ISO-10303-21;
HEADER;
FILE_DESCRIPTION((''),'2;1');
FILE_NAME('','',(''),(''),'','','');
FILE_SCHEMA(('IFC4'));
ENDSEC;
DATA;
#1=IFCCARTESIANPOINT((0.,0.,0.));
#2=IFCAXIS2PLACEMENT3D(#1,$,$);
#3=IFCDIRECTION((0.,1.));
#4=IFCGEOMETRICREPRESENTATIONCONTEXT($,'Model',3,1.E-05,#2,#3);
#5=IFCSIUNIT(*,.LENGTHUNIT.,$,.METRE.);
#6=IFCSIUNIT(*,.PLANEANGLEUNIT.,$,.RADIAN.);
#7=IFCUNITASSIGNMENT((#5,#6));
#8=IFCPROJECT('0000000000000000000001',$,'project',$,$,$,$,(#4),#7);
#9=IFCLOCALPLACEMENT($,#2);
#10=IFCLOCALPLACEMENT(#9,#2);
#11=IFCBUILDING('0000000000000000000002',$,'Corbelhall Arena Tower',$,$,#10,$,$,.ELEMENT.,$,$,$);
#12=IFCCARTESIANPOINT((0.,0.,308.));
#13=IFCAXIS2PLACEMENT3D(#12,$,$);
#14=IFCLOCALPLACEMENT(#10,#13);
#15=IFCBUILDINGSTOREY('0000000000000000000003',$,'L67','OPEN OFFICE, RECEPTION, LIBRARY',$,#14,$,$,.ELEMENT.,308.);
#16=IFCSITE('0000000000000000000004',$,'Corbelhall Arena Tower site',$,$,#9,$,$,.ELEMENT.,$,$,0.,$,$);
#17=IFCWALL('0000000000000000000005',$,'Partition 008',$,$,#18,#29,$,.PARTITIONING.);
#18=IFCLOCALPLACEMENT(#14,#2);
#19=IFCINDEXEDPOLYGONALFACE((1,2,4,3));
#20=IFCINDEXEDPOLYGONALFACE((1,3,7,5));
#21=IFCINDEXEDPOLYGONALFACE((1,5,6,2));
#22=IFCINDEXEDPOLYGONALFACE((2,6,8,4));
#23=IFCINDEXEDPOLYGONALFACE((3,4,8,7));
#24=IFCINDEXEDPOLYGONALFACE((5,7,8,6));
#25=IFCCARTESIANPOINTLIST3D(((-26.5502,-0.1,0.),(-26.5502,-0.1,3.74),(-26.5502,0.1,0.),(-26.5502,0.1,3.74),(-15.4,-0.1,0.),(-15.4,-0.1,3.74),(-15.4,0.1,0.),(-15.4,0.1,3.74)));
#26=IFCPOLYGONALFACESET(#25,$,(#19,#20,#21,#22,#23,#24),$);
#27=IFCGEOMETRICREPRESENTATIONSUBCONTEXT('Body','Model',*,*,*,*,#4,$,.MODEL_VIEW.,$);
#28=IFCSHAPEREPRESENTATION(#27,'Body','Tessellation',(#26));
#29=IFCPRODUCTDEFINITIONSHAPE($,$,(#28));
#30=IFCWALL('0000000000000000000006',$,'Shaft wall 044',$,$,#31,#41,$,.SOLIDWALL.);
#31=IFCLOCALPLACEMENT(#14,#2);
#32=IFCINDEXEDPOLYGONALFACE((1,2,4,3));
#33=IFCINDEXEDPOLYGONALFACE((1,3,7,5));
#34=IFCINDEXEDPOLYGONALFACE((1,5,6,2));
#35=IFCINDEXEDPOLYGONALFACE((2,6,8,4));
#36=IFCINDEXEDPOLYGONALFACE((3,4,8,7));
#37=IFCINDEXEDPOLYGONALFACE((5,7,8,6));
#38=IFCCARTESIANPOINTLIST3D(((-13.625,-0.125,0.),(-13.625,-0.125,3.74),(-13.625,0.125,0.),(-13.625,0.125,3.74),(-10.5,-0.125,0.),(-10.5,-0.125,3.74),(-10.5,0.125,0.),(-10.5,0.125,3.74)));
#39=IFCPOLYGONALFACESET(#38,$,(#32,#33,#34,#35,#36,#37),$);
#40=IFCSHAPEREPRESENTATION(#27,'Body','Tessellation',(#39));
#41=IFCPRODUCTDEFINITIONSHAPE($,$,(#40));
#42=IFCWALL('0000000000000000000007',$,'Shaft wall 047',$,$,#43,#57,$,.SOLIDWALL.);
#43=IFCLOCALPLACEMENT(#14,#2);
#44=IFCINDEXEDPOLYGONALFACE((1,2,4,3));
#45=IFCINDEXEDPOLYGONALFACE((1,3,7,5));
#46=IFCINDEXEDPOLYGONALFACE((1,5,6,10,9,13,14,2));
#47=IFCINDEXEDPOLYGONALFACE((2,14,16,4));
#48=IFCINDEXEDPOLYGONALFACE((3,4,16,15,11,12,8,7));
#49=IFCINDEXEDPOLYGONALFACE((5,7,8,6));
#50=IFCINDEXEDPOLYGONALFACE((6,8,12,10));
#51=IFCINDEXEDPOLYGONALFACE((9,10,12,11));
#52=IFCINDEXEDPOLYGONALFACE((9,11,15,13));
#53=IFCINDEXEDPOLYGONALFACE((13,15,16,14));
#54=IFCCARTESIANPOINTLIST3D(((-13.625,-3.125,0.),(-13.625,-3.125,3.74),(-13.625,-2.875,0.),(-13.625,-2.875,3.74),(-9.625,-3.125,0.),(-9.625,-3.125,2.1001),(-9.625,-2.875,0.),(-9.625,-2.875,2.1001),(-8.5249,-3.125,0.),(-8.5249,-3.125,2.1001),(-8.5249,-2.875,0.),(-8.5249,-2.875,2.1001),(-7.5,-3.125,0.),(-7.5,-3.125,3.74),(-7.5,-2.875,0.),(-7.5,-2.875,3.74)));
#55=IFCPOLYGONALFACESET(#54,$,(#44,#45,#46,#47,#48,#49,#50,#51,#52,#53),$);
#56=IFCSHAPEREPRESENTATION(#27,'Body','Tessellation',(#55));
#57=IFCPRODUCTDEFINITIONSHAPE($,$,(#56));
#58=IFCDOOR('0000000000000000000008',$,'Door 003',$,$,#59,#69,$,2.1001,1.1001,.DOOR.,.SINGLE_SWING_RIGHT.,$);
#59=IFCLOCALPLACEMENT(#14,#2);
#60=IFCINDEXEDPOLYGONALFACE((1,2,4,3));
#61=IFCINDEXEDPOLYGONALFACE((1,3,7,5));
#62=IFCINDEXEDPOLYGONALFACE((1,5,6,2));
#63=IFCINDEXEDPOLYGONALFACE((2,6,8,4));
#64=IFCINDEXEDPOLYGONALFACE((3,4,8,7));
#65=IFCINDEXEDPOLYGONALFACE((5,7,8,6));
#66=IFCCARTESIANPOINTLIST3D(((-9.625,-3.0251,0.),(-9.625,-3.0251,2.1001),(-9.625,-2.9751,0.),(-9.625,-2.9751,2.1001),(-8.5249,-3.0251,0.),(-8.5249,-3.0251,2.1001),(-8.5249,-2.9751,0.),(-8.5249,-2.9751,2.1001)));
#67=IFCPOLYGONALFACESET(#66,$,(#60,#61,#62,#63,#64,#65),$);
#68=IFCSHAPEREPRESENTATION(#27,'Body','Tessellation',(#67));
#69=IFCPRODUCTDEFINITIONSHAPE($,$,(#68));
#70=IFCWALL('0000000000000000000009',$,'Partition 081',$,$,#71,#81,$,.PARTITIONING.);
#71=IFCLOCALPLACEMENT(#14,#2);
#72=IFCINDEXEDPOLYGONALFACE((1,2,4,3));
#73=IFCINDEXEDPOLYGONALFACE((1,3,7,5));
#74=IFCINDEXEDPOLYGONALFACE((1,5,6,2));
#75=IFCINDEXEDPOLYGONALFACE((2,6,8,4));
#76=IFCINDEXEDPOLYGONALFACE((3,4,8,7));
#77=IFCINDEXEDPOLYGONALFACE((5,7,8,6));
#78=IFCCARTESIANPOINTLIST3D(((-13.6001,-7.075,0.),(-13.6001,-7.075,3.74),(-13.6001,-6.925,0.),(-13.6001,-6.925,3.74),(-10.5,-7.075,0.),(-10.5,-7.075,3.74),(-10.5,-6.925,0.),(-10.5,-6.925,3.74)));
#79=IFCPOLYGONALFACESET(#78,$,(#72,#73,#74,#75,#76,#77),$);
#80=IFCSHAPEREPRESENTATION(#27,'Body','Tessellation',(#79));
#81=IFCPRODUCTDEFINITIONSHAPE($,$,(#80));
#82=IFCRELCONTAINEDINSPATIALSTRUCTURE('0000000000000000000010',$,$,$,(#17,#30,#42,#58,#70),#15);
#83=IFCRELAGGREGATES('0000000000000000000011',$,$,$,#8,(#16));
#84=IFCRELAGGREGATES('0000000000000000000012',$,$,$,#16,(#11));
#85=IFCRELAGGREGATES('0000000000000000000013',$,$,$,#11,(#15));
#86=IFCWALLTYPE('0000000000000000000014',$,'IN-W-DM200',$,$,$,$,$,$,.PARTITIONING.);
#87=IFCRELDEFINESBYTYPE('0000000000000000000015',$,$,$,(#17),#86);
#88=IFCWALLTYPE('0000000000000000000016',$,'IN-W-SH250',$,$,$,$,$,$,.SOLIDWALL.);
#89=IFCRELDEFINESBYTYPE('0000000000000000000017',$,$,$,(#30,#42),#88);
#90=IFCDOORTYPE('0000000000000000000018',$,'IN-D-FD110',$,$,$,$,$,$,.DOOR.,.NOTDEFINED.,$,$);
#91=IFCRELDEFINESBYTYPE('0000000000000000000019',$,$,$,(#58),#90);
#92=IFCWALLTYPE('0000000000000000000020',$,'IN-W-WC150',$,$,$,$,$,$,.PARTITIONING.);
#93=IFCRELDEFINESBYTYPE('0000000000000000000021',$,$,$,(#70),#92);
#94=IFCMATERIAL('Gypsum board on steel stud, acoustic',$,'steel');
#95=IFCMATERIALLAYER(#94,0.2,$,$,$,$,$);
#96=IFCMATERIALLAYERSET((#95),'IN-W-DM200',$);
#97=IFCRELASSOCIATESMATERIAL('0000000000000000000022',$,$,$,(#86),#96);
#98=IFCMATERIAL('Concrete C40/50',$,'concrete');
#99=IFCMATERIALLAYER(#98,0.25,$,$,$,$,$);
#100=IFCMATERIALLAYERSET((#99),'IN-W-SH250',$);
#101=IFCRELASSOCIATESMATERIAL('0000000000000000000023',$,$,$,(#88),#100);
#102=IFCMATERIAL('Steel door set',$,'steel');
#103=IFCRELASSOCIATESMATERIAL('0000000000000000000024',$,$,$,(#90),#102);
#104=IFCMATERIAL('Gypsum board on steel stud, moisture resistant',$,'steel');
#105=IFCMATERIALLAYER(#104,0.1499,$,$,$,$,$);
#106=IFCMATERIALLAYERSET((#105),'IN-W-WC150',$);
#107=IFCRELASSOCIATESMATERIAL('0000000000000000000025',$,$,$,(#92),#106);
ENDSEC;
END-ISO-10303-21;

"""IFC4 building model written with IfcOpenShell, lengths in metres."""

from ifc_helpers import new_model, si_unit, direction, frame, frame_2d, origin, place, context, subcontext, project, spatial, rectangle, extrude, material, layer, layer_set, type_object, element, fill, save


model = new_model("IFC4")

# Units and contexts
model_context = context("Model", 3, precision=1e-05, world=origin(), true_north=direction((0.0, 1.0)))
body_context = subcontext(model_context, "Body", "Model", "MODEL_VIEW")
ifc_project = project(units=[si_unit("LENGTHUNIT", "METRE"), si_unit("PLANEANGLEUNIT", "RADIAN")], contexts=[model_context])

# Site, building, storey
site_placement = place(None, origin())
site = spatial("IfcSite", under=ifc_project, at=site_placement, Name="Corbelhall Arena Tower site", CompositionType="ELEMENT", RefElevation=0.0)
building_placement = place(site_placement, origin())
building = spatial("IfcBuilding", under=site, at=building_placement, Name="Corbelhall Arena Tower", CompositionType="ELEMENT")
storey_placement = place(building_placement, frame((0.0, 0.0, 308.0)))
storey = spatial("IfcBuildingStorey", under=building, at=storey_placement, Name="L67", Description="OPEN OFFICE, RECEPTION, LIBRARY", CompositionType="ELEMENT", Elevation=308.0)

# Shared definitions
ifc_material_1 = material(Name="Gypsum board on steel stud, acoustic", Category="steel")
ifc_layer_1 = layer(ifc_material_1, 0.2)
ifc_layer_set_1 = layer_set([ifc_layer_1], Name="IN-W-DM200")
wall_type_1 = type_object("IfcWallType", Name="IN-W-DM200", PredefinedType="PARTITIONING", material=ifc_layer_set_1)

# Shared definitions
ifc_material_2 = material(Name="Steel door set", Category="steel")

# Walls
wall_1_placement = place(storey_placement, frame((-15.3999, 0.0, 0.0), z_axis=(0.0, 0.0, 1.0), x_axis=(-1.0, 0.0, 0.0)))
element("IfcWall", 1, at=wall_1_placement, inside=storey, type_object=wall_type_1, Name="Partition 008", PredefinedType="PARTITIONING", context=body_context, shape_type="SweptSolid", body=[
    extrude(rectangle(XDim=11.1501, YDim=0.2, at=frame_2d((5.5752, 0.0))), origin(), (0.0, 0.0, 1.0), 3.74),
])
ifc_material_3 = material(Name="Concrete C40/50", Category="concrete")
ifc_layer_2 = layer(ifc_material_3, 0.25)
ifc_layer_set_2 = layer_set([ifc_layer_2], Name="IN-W-SH250")
wall_type_2 = type_object("IfcWallType", Name="IN-W-SH250", PredefinedType="SOLIDWALL", material=ifc_layer_set_2)
wall_2_placement = place(storey_placement, frame((-13.625, 0.0, 0.0), z_axis=(0.0, 0.0, 1.0), x_axis=(1.0, 0.0, 0.0)))
element("IfcWall", 2, at=wall_2_placement, inside=storey, type_object=wall_type_2, Name="Shaft wall 044", PredefinedType="SOLIDWALL", context=body_context, shape_type="SweptSolid", body=[
    extrude(rectangle(XDim=3.125, YDim=0.25, at=frame_2d((1.5625, 0.0))), origin(), (0.0, 0.0, 1.0), 3.74),
])

# Wall, opening, door
wall_3_placement = place(storey_placement, frame((-13.625, -3.0, 0.0), z_axis=(0.0, 0.0, 1.0), x_axis=(1.0, 0.0, 0.0)))
wall_3 = element("IfcWall", 3, at=wall_3_placement, inside=storey, type_object=wall_type_2, Name="Shaft wall 047", PredefinedType="SOLIDWALL", context=body_context, shape_type="SweptSolid", body=[
    extrude(rectangle(XDim=6.125, YDim=0.25, at=frame_2d((3.0625, 0.0))), origin(), (0.0, 0.0, 1.0), 3.74),
])
opening_1_placement = place(wall_3_placement, frame((4.0, 0.0, 0.0)))
opening_1 = element("IfcOpeningElement", 4, at=opening_1_placement, cuts=wall_3, PredefinedType="OPENING", context=body_context, shape_type="SweptSolid", body=[
    extrude(rectangle(XDim=1.1001, YDim=2.1001, at=frame_2d((0.55, 1.05))), frame((0.0, 0.125, 0.0), z_axis=(0.0, -1.0, 0.0), x_axis=(1.0, 0.0, 0.0)), (0.0, 0.0, 1.0), 0.25),
])
door_type_1 = type_object("IfcDoorType", Name="IN-D-FD110", OperationType="NOTDEFINED", PredefinedType="DOOR", material=ifc_material_2)
door_1_placement = place(opening_1_placement, origin())
door_1 = element("IfcDoor", 5, at=door_1_placement, inside=storey, type_object=door_type_1, Name="Door 003", OperationType="SINGLE_SWING_RIGHT", OverallHeight=2.1001, OverallWidth=1.1001, PredefinedType="DOOR", context=body_context, shape_type="SweptSolid", body=[
    extrude(rectangle(XDim=1.1001, YDim=2.1001, at=frame_2d((0.55, 1.05))), frame((0.0, 0.0249, 0.0), z_axis=(0.0, -1.0, 0.0), x_axis=(1.0, 0.0, 0.0)), (0.0, 0.0, 1.0), 0.05),
])
fill(opening_1, door_1)

# Wall
ifc_material_4 = material(Name="Gypsum board on steel stud, moisture resistant", Category="steel")
ifc_layer_3 = layer(ifc_material_4, 0.1499)
ifc_layer_set_3 = layer_set([ifc_layer_3], Name="IN-W-WC150")
wall_type_3 = type_object("IfcWallType", Name="IN-W-WC150", PredefinedType="PARTITIONING", material=ifc_layer_set_3)
wall_4_placement = place(storey_placement, frame((-13.6001, -7.0, 0.0), z_axis=(0.0, 0.0, 1.0), x_axis=(1.0, 0.0, 0.0)))
element("IfcWall", 6, at=wall_4_placement, inside=storey, type_object=wall_type_3, Name="Partition 081", PredefinedType="PARTITIONING", context=body_context, shape_type="SweptSolid", body=[
    extrude(rectangle(XDim=3.1001, YDim=0.1499, at=frame_2d((1.55, 0.0))), origin(), (0.0, 0.0, 1.0), 3.74),
])

save(model, "model.ifc")
